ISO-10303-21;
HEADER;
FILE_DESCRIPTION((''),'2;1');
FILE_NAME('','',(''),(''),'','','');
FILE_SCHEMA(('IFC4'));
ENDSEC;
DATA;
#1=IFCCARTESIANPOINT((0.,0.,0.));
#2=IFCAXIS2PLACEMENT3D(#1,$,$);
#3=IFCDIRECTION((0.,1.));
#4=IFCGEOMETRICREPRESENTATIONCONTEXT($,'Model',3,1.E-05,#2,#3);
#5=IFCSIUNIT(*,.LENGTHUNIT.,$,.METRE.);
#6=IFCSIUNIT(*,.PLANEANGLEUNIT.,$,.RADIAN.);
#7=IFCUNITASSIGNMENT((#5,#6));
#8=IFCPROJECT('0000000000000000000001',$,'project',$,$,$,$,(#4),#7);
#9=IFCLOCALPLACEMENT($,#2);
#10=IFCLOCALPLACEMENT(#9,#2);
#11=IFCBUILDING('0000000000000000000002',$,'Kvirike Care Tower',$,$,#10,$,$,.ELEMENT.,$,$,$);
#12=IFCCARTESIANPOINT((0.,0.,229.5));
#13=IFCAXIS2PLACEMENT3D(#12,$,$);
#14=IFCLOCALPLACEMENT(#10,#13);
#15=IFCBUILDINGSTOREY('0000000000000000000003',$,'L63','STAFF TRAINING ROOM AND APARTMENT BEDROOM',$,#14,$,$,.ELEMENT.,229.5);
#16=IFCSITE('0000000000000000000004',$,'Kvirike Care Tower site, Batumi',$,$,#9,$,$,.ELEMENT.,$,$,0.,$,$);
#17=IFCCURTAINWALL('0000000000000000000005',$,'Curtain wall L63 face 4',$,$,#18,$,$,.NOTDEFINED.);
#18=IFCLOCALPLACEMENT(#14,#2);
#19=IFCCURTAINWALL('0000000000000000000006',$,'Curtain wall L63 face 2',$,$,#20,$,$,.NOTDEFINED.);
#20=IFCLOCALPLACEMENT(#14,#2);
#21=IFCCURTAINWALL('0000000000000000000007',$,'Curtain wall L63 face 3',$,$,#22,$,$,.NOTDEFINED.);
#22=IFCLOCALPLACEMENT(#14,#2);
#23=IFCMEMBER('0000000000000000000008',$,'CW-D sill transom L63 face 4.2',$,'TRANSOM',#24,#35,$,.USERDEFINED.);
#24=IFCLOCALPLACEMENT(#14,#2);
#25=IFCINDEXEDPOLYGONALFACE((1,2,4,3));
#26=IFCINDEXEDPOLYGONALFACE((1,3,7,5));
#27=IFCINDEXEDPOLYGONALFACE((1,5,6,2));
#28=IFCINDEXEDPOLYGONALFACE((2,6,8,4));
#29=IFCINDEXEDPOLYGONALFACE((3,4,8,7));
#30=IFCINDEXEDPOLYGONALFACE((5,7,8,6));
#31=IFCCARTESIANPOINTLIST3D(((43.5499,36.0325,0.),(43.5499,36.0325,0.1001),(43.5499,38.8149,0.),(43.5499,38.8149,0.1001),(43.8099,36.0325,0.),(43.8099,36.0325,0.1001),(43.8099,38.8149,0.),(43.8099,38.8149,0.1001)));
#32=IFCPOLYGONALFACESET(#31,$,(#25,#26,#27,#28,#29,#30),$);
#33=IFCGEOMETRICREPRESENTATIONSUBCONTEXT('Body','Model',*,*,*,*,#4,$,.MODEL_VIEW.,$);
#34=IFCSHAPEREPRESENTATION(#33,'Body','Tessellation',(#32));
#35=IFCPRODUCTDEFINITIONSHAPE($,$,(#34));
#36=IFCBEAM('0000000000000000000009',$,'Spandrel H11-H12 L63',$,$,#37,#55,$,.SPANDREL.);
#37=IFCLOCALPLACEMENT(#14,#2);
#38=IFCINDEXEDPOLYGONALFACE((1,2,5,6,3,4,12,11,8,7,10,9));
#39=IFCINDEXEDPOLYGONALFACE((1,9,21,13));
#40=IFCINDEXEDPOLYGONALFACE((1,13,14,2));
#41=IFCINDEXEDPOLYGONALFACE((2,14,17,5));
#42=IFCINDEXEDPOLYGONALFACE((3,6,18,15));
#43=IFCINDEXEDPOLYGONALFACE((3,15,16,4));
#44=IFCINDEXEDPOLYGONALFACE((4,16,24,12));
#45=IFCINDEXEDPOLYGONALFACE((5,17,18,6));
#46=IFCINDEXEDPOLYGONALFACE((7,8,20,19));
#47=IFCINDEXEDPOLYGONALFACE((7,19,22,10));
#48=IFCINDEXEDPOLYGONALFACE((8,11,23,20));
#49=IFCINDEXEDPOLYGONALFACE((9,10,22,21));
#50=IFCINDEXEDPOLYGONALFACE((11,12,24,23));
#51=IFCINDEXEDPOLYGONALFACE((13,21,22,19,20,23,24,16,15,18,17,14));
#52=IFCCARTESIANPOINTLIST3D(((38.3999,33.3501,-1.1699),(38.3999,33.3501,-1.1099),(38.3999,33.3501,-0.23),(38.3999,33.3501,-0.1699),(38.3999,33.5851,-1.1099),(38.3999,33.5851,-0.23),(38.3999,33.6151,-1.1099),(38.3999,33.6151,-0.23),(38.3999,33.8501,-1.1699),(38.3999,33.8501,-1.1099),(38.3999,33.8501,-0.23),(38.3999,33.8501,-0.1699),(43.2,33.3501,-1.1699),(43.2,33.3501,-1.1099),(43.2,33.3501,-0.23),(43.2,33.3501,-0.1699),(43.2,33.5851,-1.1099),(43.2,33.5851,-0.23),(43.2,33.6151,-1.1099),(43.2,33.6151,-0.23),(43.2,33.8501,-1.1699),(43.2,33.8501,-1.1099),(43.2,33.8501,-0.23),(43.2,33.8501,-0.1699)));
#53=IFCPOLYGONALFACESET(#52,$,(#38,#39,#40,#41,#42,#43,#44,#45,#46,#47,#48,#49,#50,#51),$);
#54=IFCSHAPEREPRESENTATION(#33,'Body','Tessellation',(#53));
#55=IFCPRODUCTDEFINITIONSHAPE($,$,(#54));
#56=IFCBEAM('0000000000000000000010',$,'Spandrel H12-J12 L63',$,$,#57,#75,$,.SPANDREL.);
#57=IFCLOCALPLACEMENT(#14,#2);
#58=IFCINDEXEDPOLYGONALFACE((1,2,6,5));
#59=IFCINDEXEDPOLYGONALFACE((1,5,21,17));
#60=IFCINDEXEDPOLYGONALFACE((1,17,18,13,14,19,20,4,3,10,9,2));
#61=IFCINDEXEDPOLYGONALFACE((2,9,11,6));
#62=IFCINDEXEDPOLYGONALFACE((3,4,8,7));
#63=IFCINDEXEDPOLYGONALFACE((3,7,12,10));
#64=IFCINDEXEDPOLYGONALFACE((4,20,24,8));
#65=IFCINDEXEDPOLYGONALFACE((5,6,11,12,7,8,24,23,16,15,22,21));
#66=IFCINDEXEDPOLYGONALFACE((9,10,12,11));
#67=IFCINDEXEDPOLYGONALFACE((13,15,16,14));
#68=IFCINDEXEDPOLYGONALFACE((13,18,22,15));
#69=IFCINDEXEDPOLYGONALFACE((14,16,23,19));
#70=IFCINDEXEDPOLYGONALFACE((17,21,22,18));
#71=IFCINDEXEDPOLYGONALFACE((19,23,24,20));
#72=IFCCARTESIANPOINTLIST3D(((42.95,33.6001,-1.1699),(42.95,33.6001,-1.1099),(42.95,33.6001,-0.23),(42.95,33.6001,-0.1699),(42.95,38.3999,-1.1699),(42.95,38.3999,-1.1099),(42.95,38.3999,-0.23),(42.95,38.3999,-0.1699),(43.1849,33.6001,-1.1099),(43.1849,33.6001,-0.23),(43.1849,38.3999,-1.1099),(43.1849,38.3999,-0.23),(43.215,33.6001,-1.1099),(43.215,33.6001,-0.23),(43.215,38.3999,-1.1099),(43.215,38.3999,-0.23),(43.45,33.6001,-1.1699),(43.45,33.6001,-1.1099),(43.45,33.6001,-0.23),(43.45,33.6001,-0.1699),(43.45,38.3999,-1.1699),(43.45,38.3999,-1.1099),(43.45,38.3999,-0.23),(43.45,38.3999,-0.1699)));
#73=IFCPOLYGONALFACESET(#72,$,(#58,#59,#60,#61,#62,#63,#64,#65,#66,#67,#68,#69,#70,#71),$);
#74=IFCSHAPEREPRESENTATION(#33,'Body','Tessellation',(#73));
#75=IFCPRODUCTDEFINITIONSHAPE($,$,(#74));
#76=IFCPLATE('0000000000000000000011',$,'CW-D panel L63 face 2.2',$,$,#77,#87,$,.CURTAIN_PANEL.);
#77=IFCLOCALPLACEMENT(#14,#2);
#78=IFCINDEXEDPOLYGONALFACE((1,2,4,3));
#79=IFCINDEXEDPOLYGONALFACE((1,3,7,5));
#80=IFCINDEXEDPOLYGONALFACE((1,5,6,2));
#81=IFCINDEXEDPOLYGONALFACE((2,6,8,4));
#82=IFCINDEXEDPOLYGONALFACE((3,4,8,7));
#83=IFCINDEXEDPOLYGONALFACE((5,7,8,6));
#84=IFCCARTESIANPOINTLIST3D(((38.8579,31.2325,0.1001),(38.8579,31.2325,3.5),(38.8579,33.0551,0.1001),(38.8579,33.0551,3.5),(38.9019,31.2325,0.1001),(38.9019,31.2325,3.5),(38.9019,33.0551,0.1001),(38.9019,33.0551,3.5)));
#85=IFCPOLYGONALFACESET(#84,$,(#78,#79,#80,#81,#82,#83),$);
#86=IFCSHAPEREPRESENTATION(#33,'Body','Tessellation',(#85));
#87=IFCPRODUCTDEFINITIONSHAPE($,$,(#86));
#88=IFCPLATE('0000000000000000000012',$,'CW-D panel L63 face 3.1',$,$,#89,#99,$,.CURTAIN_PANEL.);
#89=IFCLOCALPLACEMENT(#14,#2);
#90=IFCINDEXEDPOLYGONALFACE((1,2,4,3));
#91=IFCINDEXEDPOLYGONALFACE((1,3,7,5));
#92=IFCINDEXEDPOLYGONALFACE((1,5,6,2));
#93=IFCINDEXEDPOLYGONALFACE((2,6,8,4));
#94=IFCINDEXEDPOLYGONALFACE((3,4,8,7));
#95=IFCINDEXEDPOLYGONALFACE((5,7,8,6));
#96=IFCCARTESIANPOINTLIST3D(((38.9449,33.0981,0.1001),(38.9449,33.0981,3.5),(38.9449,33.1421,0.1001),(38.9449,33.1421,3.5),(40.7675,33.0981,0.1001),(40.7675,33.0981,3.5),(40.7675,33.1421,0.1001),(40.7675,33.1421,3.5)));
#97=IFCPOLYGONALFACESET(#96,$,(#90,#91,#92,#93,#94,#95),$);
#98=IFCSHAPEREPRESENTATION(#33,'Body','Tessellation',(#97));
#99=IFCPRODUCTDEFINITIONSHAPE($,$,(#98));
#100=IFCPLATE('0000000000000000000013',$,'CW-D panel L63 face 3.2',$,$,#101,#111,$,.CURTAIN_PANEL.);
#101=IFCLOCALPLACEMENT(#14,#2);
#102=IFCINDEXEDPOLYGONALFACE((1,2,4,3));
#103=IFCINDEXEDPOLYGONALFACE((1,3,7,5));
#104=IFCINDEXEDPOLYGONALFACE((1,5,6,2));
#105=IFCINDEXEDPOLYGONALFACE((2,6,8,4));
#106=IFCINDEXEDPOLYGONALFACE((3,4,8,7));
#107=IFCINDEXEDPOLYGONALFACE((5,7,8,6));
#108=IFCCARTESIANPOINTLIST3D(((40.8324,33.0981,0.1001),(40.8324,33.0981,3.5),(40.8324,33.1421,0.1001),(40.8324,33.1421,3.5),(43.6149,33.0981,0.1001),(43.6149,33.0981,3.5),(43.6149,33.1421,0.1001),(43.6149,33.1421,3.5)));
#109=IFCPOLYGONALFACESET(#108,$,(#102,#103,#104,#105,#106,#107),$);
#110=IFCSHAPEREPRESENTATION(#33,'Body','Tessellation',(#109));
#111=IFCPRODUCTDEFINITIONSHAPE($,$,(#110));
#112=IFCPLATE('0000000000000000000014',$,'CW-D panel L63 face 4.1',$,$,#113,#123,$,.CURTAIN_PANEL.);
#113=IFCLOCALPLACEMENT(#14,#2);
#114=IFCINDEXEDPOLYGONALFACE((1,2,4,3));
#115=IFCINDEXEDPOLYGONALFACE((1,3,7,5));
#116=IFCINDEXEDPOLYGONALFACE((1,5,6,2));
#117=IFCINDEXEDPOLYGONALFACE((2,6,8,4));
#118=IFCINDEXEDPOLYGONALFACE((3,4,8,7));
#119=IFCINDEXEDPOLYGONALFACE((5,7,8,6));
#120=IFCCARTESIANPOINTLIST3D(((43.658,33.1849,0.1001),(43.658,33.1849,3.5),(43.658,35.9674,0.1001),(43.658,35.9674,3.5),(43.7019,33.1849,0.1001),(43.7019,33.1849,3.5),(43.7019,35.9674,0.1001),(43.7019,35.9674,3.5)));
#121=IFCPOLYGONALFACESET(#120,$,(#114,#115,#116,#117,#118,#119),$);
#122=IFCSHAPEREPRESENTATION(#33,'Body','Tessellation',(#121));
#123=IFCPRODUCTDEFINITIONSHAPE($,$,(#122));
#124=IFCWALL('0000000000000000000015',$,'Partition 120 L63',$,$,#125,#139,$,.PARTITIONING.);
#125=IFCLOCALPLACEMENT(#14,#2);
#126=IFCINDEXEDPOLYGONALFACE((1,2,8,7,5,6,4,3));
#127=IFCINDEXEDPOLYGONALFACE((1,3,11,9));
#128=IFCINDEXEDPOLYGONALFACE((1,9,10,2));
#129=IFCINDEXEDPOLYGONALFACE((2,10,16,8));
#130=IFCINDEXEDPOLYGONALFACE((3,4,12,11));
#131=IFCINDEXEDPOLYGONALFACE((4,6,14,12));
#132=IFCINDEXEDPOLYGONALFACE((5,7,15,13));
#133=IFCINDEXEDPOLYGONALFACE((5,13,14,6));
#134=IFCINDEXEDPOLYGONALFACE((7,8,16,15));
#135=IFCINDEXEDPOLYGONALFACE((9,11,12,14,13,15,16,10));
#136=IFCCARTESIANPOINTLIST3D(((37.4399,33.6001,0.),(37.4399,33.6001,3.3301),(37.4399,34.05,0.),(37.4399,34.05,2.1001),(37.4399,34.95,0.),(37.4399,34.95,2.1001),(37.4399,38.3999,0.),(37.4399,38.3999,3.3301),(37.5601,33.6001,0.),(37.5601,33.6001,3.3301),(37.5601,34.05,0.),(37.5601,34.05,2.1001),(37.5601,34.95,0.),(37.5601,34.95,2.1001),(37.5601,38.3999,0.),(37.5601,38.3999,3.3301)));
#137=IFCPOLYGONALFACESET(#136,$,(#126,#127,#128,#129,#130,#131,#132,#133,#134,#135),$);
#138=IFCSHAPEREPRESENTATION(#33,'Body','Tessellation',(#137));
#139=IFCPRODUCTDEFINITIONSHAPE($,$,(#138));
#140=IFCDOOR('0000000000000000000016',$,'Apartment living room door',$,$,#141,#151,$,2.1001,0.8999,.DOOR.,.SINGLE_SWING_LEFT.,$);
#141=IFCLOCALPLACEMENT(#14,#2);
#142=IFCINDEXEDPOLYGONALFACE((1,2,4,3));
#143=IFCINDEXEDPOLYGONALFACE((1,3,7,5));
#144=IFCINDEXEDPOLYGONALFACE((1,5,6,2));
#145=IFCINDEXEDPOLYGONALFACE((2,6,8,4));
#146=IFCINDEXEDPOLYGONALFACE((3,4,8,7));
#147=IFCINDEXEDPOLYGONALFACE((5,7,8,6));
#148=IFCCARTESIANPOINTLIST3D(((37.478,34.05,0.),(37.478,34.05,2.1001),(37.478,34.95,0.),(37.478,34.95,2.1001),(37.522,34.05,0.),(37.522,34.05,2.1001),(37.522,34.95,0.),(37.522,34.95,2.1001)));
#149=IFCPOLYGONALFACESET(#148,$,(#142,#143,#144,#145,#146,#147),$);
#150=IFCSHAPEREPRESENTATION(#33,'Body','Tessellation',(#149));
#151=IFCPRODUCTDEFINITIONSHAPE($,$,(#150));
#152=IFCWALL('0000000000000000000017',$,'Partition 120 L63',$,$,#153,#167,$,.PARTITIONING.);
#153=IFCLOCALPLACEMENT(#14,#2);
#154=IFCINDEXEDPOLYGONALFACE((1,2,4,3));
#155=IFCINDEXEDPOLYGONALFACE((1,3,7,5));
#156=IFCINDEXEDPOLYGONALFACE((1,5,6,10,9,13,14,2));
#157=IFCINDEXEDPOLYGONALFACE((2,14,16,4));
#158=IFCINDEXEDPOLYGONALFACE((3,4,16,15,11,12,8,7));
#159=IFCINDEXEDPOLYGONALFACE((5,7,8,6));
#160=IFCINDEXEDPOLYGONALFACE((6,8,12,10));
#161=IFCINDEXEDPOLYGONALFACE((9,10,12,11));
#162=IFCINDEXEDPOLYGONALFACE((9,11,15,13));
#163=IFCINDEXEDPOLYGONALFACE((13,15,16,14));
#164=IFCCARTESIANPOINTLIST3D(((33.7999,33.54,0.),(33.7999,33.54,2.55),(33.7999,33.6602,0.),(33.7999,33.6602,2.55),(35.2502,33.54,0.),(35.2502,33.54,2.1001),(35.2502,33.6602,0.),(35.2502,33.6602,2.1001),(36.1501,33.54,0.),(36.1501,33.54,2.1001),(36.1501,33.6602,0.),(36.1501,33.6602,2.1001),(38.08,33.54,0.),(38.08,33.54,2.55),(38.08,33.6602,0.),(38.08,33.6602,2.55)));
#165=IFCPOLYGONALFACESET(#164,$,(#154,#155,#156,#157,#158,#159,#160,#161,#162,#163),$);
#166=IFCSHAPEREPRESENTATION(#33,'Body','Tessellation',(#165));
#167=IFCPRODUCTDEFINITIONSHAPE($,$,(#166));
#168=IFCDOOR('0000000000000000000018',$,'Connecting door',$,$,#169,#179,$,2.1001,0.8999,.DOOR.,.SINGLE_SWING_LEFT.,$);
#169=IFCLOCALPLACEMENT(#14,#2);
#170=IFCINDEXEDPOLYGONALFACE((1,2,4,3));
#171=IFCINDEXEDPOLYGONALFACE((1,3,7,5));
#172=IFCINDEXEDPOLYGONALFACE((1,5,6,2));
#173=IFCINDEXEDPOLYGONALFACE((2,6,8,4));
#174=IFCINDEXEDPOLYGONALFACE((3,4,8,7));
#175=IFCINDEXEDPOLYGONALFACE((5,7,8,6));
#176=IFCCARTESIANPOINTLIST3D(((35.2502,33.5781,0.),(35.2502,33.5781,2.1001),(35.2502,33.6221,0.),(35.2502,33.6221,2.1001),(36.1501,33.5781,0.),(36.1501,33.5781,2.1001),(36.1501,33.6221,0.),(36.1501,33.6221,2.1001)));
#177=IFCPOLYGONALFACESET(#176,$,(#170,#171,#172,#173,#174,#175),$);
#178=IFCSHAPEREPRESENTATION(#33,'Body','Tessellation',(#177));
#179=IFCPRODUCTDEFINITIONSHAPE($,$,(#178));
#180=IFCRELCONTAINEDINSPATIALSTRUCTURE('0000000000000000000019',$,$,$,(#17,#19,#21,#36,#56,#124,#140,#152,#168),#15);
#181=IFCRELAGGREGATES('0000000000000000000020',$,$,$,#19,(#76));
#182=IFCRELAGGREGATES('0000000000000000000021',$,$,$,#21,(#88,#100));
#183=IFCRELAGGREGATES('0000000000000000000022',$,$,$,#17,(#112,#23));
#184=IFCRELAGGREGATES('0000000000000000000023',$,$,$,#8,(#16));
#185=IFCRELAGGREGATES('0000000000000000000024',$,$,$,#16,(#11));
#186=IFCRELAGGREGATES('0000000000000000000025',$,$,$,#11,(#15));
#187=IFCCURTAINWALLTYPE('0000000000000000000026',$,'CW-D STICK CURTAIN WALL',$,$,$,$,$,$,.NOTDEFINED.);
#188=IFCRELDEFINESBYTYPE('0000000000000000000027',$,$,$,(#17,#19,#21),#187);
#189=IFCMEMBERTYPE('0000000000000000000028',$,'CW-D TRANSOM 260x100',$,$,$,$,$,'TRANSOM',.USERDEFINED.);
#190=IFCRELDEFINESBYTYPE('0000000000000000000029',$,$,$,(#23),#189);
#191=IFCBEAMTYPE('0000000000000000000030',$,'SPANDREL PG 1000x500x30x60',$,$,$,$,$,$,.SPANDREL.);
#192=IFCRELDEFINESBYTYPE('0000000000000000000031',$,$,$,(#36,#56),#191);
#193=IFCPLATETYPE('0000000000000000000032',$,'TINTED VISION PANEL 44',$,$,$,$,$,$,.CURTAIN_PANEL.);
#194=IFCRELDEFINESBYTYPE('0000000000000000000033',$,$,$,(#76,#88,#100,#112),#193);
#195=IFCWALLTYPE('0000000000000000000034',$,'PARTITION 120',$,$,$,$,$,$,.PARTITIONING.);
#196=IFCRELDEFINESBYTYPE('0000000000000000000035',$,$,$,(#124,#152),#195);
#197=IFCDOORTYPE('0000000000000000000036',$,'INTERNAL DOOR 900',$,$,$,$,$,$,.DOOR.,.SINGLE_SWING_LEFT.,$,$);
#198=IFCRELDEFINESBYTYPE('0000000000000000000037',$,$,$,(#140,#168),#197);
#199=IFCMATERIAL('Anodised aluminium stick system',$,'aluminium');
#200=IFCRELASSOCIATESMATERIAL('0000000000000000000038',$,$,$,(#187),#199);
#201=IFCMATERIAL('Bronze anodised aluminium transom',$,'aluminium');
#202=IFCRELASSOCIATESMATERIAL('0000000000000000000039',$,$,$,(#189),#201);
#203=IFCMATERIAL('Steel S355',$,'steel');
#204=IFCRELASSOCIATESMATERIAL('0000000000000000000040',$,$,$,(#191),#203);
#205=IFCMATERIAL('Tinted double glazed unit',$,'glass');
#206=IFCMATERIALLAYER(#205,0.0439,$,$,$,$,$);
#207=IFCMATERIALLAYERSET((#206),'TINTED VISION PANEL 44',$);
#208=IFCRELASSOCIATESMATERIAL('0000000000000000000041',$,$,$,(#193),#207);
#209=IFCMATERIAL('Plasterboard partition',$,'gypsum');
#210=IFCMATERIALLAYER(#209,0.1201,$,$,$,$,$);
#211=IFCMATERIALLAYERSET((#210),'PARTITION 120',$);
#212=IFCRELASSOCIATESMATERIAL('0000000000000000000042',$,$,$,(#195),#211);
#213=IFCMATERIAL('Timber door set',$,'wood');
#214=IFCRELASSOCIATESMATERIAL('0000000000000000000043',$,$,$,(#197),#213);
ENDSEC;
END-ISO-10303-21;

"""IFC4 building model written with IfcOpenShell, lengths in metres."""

from ifc_helpers import new_model, si_unit, direction, frame, frame_2d, origin, origin_2d, place, context, subcontext, project, spatial, rectangle, i_section, extrude, material, layer, layer_set, material_profile, profile_set, type_object, element, fill, aggregate, save


model = new_model("IFC4")

# Units and contexts
model_context = context("Model", 3, precision=1e-05, world=origin(), true_north=direction((0.0, 1.0)))
body_context = subcontext(model_context, "Body", "Model", "MODEL_VIEW")
ifc_project = project(units=[si_unit("LENGTHUNIT", "METRE"), si_unit("PLANEANGLEUNIT", "RADIAN")], contexts=[model_context])

# Site, building, storey
site_placement = place(None, origin())
site = spatial("IfcSite", under=ifc_project, at=site_placement, Name="Kvirike Care Tower site, Batumi", CompositionType="ELEMENT", RefElevation=0.0)
building_placement = place(site_placement, origin())
building = spatial("IfcBuilding", under=site, at=building_placement, Name="Kvirike Care Tower", CompositionType="ELEMENT")
storey_placement = place(building_placement, frame((0.0, 0.0, 229.5)))
storey = spatial("IfcBuildingStorey", under=building, at=storey_placement, Name="L63", Description="STAFF TRAINING ROOM AND APARTMENT BEDROOM", CompositionType="ELEMENT", Elevation=229.5)

# Curtain walls
ifc_material_1 = material(Name="Anodised aluminium stick system", Category="aluminium")
curtain_wall_type = type_object("IfcCurtainWallType", Name="CW-D STICK CURTAIN WALL", PredefinedType="NOTDEFINED", material=ifc_material_1)
curtain_wall_1_placement = place(storey_placement, origin())
curtain_wall_1 = element("IfcCurtainWall", 1, at=curtain_wall_1_placement, inside=storey, type_object=curtain_wall_type, Name="Curtain wall L63 face 4", PredefinedType="NOTDEFINED")
curtain_wall_2_placement = place(storey_placement, origin())
curtain_wall_2 = element("IfcCurtainWall", 2, at=curtain_wall_2_placement, inside=storey, type_object=curtain_wall_type, Name="Curtain wall L63 face 2", PredefinedType="NOTDEFINED")

# Curtain wall
curtain_wall_3_placement = place(storey_placement, origin())
curtain_wall_3 = element("IfcCurtainWall", 3, at=curtain_wall_3_placement, inside=storey, type_object=curtain_wall_type, Name="Curtain wall L63 face 3", PredefinedType="NOTDEFINED")

# Member
ifc_material_2 = material(Name="Bronze anodised aluminium transom", Category="aluminium")
ifc_material_profile_1 = material_profile(ifc_material_2, rectangle(XDim=0.26, YDim=0.1001, at=origin_2d()), Name="CW-D TRANSOM 260x100")
ifc_profile_set_1 = profile_set([ifc_material_profile_1], Name="Bronze anodised aluminium transom")
member_type_1 = type_object("IfcMemberType", Name="CW-D TRANSOM 260x100", ElementType="TRANSOM", PredefinedType="USERDEFINED", material=ifc_profile_set_1)
member_1_placement = place(storey_placement, frame((43.6799, 36.0325, 0.05), z_axis=(0.0, 1.0, 0.0), x_axis=(-1.0, 0.0, 0.0)))
member_1 = element("IfcMember", 4, at=member_1_placement, type_object=member_type_1, Name="CW-D sill transom L63 face 4.2", ObjectType="TRANSOM", PredefinedType="USERDEFINED", context=body_context, shape_type="SweptSolid", body=[
    extrude(rectangle(XDim=0.26, YDim=0.1001, at=origin_2d()), origin(), (0.0, 0.0, 1.0), 2.7825),
])

# Beams
ifc_material_3 = material(Name="Steel S355", Category="steel")
ifc_material_profile_2 = material_profile(ifc_material_3, i_section(OverallWidth=0.5, OverallDepth=1.0, WebThickness=0.03, FlangeThickness=0.0601, at=origin_2d()), Name="PG 1000x500x30x60")
ifc_profile_set_2 = profile_set([ifc_material_profile_2], Name="Steel S355")
beam_type = type_object("IfcBeamType", Name="SPANDREL PG 1000x500x30x60", PredefinedType="SPANDREL", material=ifc_profile_set_2)
beam_1_placement = place(storey_placement, frame((38.3999, 33.6001, -0.6699), z_axis=(1.0, 0.0, 0.0), x_axis=(0.0, 1.0, 0.0)))
element("IfcBeam", 5, at=beam_1_placement, inside=storey, type_object=beam_type, Name="Spandrel H11-H12 L63", PredefinedType="SPANDREL", context=body_context, shape_type="SweptSolid", body=[
    extrude(i_section(OverallWidth=0.5, OverallDepth=1.0, WebThickness=0.03, FlangeThickness=0.0601, at=origin_2d()), origin(), (0.0, 0.0, 1.0), 4.8),
])
beam_2_placement = place(storey_placement, frame((43.2, 33.6001, -0.6699), z_axis=(0.0, 1.0, 0.0), x_axis=(-1.0, 0.0, 0.0)))
element("IfcBeam", 6, at=beam_2_placement, inside=storey, type_object=beam_type, Name="Spandrel H12-J12 L63", PredefinedType="SPANDREL", context=body_context, shape_type="SweptSolid", body=[
    extrude(i_section(OverallWidth=0.5, OverallDepth=1.0, WebThickness=0.03, FlangeThickness=0.0601, at=origin_2d()), origin(), (0.0, 0.0, 1.0), 4.7998),
])

# Plates
ifc_material_4 = material(Name="Tinted double glazed unit", Category="glass")
ifc_layer_1 = layer(ifc_material_4, 0.0439)
ifc_layer_set_1 = layer_set([ifc_layer_1], Name="TINTED VISION PANEL 44")
plate_type = type_object("IfcPlateType", Name="TINTED VISION PANEL 44", PredefinedType="CURTAIN_PANEL", material=ifc_layer_set_1)
plate_1_placement = place(storey_placement, frame((38.8799, 32.1438, 0.1001), z_axis=(0.0, 0.0, 1.0), x_axis=(0.0, 1.0, 0.0)))
plate_1 = element("IfcPlate", 7, at=plate_1_placement, type_object=plate_type, Name="CW-D panel L63 face 2.2", PredefinedType="CURTAIN_PANEL", context=body_context, shape_type="SweptSolid", body=[
    extrude(rectangle(XDim=1.8225, YDim=0.0439, at=origin_2d()), origin(), (0.0, 0.0, 1.0), 3.3999),
])
aggregate(curtain_wall_2, [plate_1])
plate_2_placement = place(storey_placement, frame((39.8562, 33.1201, 0.1001), z_axis=(0.0, 0.0, 1.0), x_axis=(1.0, 0.0, 0.0)))
plate_2 = element("IfcPlate", 8, at=plate_2_placement, type_object=plate_type, Name="CW-D panel L63 face 3.1", PredefinedType="CURTAIN_PANEL", context=body_context, shape_type="SweptSolid", body=[
    extrude(rectangle(XDim=1.8225, YDim=0.0439, at=origin_2d()), origin(), (0.0, 0.0, 1.0), 3.3999),
])
plate_3_placement = place(storey_placement, frame((42.2236, 33.1201, 0.1001), z_axis=(0.0, 0.0, 1.0), x_axis=(1.0, 0.0, 0.0)))
plate_3 = element("IfcPlate", 9, at=plate_3_placement, type_object=plate_type, Name="CW-D panel L63 face 3.2", PredefinedType="CURTAIN_PANEL", context=body_context, shape_type="SweptSolid", body=[
    extrude(rectangle(XDim=2.7825, YDim=0.0439, at=origin_2d()), origin(), (0.0, 0.0, 1.0), 3.3999),
])
aggregate(curtain_wall_3, [plate_2, plate_3])
plate_4_placement = place(storey_placement, frame((43.6799, 34.5762, 0.1001), z_axis=(0.0, 0.0, 1.0), x_axis=(0.0, 1.0, 0.0)))
plate_4 = element("IfcPlate", 10, at=plate_4_placement, type_object=plate_type, Name="CW-D panel L63 face 4.1", PredefinedType="CURTAIN_PANEL", context=body_context, shape_type="SweptSolid", body=[
    extrude(rectangle(XDim=2.7825, YDim=0.0439, at=origin_2d()), origin(), (0.0, 0.0, 1.0), 3.3999),
])
aggregate(curtain_wall_1, [plate_4, member_1])

# Walls, openings, doors
ifc_material_5 = material(Name="Plasterboard partition", Category="gypsum")
ifc_layer_2 = layer(ifc_material_5, 0.1201)
ifc_layer_set_2 = layer_set([ifc_layer_2], Name="PARTITION 120")
wall_type_1 = type_object("IfcWallType", Name="PARTITION 120", PredefinedType="PARTITIONING", material=ifc_layer_set_2)
wall_1_placement = place(storey_placement, frame((37.5, 33.6001, 0.0), z_axis=(0.0, 0.0, 1.0), x_axis=(0.0, 1.0, 0.0)))
wall_1 = element("IfcWall", 11, at=wall_1_placement, inside=storey, type_object=wall_type_1, Name="Partition 120 L63", PredefinedType="PARTITIONING", context=body_context, shape_type="SweptSolid", body=[
    extrude(rectangle(XDim=4.7998, YDim=0.1201, at=frame_2d((2.3999, 0.0))), origin(), (0.0, 0.0, 1.0), 3.3301),
])
opening_1_placement = place(wall_1_placement, frame((0.45, 0.0, 0.0)))
opening_1 = element("IfcOpeningElement", 12, at=opening_1_placement, cuts=wall_1, PredefinedType="OPENING", context=body_context, shape_type="SweptSolid", body=[
    extrude(rectangle(XDim=0.8999, YDim=2.1001, at=frame_2d((0.45, 1.05))), frame((0.0, 0.0706, 0.0), z_axis=(0.0, -1.0, 0.0), x_axis=(1.0, 0.0, 0.0)), (0.0, 0.0, 1.0), 0.1411),
])
ifc_material_6 = material(Name="Timber door set", Category="wood")
door_type = type_object("IfcDoorType", Name="INTERNAL DOOR 900", OperationType="SINGLE_SWING_LEFT", PredefinedType="DOOR", material=ifc_material_6)
door_1_placement = place(opening_1_placement, frame((0.8999, 0.0, 0.0), z_axis=(0.0, 0.0, 1.0), x_axis=(-1.0, 0.0, 0.0)))
door_1 = element("IfcDoor", 13, at=door_1_placement, inside=storey, type_object=door_type, Name="Apartment living room door", OperationType="SINGLE_SWING_LEFT", OverallHeight=2.1001, OverallWidth=0.8999, PredefinedType="DOOR", context=body_context, shape_type="SweptSolid", body=[
    extrude(rectangle(XDim=0.8999, YDim=2.1001, at=frame_2d((0.45, 1.05))), frame((0.0, 0.022, 0.0), z_axis=(0.0, -1.0, 0.0), x_axis=(1.0, 0.0, 0.0)), (0.0, 0.0, 1.0), 0.0439),
])
fill(opening_1, door_1)
wall_2_placement = place(storey_placement, frame((38.0801, 33.6001, 0.0), z_axis=(0.0, 0.0, 1.0), x_axis=(-1.0, 0.0, 0.0)))
wall_2 = element("IfcWall", 14, at=wall_2_placement, inside=storey, type_object=wall_type_1, Name="Partition 120 L63", PredefinedType="PARTITIONING", context=body_context, shape_type="SweptSolid", body=[
    extrude(rectangle(XDim=4.28, YDim=0.1201, at=frame_2d((2.1401, 0.0))), origin(), (0.0, 0.0, 1.0), 2.55),
])
opening_2_placement = place(wall_2_placement, frame((1.9299, 0.0, 0.0)))
opening_2 = element("IfcOpeningElement", 15, at=opening_2_placement, cuts=wall_2, PredefinedType="OPENING", context=body_context, shape_type="SweptSolid", body=[
    extrude(rectangle(XDim=0.8999, YDim=2.1001, at=frame_2d((0.45, 1.05))), frame((0.0, 0.0706, 0.0), z_axis=(0.0, -1.0, 0.0), x_axis=(1.0, 0.0, 0.0)), (0.0, 0.0, 1.0), 0.1411),
])
door_2_placement = place(opening_2_placement, origin())
door_2 = element("IfcDoor", 16, at=door_2_placement, inside=storey, type_object=door_type, Name="Connecting door", OperationType="SINGLE_SWING_LEFT", OverallHeight=2.1001, OverallWidth=0.8999, PredefinedType="DOOR", context=body_context, shape_type="SweptSolid", body=[
    extrude(rectangle(XDim=0.8999, YDim=2.1001, at=frame_2d((0.45, 1.05))), frame((0.0, 0.022, 0.0), z_axis=(0.0, -1.0, 0.0), x_axis=(1.0, 0.0, 0.0)), (0.0, 0.0, 1.0), 0.0439),
])
fill(opening_2, door_2)

save(model, "model.ifc")
